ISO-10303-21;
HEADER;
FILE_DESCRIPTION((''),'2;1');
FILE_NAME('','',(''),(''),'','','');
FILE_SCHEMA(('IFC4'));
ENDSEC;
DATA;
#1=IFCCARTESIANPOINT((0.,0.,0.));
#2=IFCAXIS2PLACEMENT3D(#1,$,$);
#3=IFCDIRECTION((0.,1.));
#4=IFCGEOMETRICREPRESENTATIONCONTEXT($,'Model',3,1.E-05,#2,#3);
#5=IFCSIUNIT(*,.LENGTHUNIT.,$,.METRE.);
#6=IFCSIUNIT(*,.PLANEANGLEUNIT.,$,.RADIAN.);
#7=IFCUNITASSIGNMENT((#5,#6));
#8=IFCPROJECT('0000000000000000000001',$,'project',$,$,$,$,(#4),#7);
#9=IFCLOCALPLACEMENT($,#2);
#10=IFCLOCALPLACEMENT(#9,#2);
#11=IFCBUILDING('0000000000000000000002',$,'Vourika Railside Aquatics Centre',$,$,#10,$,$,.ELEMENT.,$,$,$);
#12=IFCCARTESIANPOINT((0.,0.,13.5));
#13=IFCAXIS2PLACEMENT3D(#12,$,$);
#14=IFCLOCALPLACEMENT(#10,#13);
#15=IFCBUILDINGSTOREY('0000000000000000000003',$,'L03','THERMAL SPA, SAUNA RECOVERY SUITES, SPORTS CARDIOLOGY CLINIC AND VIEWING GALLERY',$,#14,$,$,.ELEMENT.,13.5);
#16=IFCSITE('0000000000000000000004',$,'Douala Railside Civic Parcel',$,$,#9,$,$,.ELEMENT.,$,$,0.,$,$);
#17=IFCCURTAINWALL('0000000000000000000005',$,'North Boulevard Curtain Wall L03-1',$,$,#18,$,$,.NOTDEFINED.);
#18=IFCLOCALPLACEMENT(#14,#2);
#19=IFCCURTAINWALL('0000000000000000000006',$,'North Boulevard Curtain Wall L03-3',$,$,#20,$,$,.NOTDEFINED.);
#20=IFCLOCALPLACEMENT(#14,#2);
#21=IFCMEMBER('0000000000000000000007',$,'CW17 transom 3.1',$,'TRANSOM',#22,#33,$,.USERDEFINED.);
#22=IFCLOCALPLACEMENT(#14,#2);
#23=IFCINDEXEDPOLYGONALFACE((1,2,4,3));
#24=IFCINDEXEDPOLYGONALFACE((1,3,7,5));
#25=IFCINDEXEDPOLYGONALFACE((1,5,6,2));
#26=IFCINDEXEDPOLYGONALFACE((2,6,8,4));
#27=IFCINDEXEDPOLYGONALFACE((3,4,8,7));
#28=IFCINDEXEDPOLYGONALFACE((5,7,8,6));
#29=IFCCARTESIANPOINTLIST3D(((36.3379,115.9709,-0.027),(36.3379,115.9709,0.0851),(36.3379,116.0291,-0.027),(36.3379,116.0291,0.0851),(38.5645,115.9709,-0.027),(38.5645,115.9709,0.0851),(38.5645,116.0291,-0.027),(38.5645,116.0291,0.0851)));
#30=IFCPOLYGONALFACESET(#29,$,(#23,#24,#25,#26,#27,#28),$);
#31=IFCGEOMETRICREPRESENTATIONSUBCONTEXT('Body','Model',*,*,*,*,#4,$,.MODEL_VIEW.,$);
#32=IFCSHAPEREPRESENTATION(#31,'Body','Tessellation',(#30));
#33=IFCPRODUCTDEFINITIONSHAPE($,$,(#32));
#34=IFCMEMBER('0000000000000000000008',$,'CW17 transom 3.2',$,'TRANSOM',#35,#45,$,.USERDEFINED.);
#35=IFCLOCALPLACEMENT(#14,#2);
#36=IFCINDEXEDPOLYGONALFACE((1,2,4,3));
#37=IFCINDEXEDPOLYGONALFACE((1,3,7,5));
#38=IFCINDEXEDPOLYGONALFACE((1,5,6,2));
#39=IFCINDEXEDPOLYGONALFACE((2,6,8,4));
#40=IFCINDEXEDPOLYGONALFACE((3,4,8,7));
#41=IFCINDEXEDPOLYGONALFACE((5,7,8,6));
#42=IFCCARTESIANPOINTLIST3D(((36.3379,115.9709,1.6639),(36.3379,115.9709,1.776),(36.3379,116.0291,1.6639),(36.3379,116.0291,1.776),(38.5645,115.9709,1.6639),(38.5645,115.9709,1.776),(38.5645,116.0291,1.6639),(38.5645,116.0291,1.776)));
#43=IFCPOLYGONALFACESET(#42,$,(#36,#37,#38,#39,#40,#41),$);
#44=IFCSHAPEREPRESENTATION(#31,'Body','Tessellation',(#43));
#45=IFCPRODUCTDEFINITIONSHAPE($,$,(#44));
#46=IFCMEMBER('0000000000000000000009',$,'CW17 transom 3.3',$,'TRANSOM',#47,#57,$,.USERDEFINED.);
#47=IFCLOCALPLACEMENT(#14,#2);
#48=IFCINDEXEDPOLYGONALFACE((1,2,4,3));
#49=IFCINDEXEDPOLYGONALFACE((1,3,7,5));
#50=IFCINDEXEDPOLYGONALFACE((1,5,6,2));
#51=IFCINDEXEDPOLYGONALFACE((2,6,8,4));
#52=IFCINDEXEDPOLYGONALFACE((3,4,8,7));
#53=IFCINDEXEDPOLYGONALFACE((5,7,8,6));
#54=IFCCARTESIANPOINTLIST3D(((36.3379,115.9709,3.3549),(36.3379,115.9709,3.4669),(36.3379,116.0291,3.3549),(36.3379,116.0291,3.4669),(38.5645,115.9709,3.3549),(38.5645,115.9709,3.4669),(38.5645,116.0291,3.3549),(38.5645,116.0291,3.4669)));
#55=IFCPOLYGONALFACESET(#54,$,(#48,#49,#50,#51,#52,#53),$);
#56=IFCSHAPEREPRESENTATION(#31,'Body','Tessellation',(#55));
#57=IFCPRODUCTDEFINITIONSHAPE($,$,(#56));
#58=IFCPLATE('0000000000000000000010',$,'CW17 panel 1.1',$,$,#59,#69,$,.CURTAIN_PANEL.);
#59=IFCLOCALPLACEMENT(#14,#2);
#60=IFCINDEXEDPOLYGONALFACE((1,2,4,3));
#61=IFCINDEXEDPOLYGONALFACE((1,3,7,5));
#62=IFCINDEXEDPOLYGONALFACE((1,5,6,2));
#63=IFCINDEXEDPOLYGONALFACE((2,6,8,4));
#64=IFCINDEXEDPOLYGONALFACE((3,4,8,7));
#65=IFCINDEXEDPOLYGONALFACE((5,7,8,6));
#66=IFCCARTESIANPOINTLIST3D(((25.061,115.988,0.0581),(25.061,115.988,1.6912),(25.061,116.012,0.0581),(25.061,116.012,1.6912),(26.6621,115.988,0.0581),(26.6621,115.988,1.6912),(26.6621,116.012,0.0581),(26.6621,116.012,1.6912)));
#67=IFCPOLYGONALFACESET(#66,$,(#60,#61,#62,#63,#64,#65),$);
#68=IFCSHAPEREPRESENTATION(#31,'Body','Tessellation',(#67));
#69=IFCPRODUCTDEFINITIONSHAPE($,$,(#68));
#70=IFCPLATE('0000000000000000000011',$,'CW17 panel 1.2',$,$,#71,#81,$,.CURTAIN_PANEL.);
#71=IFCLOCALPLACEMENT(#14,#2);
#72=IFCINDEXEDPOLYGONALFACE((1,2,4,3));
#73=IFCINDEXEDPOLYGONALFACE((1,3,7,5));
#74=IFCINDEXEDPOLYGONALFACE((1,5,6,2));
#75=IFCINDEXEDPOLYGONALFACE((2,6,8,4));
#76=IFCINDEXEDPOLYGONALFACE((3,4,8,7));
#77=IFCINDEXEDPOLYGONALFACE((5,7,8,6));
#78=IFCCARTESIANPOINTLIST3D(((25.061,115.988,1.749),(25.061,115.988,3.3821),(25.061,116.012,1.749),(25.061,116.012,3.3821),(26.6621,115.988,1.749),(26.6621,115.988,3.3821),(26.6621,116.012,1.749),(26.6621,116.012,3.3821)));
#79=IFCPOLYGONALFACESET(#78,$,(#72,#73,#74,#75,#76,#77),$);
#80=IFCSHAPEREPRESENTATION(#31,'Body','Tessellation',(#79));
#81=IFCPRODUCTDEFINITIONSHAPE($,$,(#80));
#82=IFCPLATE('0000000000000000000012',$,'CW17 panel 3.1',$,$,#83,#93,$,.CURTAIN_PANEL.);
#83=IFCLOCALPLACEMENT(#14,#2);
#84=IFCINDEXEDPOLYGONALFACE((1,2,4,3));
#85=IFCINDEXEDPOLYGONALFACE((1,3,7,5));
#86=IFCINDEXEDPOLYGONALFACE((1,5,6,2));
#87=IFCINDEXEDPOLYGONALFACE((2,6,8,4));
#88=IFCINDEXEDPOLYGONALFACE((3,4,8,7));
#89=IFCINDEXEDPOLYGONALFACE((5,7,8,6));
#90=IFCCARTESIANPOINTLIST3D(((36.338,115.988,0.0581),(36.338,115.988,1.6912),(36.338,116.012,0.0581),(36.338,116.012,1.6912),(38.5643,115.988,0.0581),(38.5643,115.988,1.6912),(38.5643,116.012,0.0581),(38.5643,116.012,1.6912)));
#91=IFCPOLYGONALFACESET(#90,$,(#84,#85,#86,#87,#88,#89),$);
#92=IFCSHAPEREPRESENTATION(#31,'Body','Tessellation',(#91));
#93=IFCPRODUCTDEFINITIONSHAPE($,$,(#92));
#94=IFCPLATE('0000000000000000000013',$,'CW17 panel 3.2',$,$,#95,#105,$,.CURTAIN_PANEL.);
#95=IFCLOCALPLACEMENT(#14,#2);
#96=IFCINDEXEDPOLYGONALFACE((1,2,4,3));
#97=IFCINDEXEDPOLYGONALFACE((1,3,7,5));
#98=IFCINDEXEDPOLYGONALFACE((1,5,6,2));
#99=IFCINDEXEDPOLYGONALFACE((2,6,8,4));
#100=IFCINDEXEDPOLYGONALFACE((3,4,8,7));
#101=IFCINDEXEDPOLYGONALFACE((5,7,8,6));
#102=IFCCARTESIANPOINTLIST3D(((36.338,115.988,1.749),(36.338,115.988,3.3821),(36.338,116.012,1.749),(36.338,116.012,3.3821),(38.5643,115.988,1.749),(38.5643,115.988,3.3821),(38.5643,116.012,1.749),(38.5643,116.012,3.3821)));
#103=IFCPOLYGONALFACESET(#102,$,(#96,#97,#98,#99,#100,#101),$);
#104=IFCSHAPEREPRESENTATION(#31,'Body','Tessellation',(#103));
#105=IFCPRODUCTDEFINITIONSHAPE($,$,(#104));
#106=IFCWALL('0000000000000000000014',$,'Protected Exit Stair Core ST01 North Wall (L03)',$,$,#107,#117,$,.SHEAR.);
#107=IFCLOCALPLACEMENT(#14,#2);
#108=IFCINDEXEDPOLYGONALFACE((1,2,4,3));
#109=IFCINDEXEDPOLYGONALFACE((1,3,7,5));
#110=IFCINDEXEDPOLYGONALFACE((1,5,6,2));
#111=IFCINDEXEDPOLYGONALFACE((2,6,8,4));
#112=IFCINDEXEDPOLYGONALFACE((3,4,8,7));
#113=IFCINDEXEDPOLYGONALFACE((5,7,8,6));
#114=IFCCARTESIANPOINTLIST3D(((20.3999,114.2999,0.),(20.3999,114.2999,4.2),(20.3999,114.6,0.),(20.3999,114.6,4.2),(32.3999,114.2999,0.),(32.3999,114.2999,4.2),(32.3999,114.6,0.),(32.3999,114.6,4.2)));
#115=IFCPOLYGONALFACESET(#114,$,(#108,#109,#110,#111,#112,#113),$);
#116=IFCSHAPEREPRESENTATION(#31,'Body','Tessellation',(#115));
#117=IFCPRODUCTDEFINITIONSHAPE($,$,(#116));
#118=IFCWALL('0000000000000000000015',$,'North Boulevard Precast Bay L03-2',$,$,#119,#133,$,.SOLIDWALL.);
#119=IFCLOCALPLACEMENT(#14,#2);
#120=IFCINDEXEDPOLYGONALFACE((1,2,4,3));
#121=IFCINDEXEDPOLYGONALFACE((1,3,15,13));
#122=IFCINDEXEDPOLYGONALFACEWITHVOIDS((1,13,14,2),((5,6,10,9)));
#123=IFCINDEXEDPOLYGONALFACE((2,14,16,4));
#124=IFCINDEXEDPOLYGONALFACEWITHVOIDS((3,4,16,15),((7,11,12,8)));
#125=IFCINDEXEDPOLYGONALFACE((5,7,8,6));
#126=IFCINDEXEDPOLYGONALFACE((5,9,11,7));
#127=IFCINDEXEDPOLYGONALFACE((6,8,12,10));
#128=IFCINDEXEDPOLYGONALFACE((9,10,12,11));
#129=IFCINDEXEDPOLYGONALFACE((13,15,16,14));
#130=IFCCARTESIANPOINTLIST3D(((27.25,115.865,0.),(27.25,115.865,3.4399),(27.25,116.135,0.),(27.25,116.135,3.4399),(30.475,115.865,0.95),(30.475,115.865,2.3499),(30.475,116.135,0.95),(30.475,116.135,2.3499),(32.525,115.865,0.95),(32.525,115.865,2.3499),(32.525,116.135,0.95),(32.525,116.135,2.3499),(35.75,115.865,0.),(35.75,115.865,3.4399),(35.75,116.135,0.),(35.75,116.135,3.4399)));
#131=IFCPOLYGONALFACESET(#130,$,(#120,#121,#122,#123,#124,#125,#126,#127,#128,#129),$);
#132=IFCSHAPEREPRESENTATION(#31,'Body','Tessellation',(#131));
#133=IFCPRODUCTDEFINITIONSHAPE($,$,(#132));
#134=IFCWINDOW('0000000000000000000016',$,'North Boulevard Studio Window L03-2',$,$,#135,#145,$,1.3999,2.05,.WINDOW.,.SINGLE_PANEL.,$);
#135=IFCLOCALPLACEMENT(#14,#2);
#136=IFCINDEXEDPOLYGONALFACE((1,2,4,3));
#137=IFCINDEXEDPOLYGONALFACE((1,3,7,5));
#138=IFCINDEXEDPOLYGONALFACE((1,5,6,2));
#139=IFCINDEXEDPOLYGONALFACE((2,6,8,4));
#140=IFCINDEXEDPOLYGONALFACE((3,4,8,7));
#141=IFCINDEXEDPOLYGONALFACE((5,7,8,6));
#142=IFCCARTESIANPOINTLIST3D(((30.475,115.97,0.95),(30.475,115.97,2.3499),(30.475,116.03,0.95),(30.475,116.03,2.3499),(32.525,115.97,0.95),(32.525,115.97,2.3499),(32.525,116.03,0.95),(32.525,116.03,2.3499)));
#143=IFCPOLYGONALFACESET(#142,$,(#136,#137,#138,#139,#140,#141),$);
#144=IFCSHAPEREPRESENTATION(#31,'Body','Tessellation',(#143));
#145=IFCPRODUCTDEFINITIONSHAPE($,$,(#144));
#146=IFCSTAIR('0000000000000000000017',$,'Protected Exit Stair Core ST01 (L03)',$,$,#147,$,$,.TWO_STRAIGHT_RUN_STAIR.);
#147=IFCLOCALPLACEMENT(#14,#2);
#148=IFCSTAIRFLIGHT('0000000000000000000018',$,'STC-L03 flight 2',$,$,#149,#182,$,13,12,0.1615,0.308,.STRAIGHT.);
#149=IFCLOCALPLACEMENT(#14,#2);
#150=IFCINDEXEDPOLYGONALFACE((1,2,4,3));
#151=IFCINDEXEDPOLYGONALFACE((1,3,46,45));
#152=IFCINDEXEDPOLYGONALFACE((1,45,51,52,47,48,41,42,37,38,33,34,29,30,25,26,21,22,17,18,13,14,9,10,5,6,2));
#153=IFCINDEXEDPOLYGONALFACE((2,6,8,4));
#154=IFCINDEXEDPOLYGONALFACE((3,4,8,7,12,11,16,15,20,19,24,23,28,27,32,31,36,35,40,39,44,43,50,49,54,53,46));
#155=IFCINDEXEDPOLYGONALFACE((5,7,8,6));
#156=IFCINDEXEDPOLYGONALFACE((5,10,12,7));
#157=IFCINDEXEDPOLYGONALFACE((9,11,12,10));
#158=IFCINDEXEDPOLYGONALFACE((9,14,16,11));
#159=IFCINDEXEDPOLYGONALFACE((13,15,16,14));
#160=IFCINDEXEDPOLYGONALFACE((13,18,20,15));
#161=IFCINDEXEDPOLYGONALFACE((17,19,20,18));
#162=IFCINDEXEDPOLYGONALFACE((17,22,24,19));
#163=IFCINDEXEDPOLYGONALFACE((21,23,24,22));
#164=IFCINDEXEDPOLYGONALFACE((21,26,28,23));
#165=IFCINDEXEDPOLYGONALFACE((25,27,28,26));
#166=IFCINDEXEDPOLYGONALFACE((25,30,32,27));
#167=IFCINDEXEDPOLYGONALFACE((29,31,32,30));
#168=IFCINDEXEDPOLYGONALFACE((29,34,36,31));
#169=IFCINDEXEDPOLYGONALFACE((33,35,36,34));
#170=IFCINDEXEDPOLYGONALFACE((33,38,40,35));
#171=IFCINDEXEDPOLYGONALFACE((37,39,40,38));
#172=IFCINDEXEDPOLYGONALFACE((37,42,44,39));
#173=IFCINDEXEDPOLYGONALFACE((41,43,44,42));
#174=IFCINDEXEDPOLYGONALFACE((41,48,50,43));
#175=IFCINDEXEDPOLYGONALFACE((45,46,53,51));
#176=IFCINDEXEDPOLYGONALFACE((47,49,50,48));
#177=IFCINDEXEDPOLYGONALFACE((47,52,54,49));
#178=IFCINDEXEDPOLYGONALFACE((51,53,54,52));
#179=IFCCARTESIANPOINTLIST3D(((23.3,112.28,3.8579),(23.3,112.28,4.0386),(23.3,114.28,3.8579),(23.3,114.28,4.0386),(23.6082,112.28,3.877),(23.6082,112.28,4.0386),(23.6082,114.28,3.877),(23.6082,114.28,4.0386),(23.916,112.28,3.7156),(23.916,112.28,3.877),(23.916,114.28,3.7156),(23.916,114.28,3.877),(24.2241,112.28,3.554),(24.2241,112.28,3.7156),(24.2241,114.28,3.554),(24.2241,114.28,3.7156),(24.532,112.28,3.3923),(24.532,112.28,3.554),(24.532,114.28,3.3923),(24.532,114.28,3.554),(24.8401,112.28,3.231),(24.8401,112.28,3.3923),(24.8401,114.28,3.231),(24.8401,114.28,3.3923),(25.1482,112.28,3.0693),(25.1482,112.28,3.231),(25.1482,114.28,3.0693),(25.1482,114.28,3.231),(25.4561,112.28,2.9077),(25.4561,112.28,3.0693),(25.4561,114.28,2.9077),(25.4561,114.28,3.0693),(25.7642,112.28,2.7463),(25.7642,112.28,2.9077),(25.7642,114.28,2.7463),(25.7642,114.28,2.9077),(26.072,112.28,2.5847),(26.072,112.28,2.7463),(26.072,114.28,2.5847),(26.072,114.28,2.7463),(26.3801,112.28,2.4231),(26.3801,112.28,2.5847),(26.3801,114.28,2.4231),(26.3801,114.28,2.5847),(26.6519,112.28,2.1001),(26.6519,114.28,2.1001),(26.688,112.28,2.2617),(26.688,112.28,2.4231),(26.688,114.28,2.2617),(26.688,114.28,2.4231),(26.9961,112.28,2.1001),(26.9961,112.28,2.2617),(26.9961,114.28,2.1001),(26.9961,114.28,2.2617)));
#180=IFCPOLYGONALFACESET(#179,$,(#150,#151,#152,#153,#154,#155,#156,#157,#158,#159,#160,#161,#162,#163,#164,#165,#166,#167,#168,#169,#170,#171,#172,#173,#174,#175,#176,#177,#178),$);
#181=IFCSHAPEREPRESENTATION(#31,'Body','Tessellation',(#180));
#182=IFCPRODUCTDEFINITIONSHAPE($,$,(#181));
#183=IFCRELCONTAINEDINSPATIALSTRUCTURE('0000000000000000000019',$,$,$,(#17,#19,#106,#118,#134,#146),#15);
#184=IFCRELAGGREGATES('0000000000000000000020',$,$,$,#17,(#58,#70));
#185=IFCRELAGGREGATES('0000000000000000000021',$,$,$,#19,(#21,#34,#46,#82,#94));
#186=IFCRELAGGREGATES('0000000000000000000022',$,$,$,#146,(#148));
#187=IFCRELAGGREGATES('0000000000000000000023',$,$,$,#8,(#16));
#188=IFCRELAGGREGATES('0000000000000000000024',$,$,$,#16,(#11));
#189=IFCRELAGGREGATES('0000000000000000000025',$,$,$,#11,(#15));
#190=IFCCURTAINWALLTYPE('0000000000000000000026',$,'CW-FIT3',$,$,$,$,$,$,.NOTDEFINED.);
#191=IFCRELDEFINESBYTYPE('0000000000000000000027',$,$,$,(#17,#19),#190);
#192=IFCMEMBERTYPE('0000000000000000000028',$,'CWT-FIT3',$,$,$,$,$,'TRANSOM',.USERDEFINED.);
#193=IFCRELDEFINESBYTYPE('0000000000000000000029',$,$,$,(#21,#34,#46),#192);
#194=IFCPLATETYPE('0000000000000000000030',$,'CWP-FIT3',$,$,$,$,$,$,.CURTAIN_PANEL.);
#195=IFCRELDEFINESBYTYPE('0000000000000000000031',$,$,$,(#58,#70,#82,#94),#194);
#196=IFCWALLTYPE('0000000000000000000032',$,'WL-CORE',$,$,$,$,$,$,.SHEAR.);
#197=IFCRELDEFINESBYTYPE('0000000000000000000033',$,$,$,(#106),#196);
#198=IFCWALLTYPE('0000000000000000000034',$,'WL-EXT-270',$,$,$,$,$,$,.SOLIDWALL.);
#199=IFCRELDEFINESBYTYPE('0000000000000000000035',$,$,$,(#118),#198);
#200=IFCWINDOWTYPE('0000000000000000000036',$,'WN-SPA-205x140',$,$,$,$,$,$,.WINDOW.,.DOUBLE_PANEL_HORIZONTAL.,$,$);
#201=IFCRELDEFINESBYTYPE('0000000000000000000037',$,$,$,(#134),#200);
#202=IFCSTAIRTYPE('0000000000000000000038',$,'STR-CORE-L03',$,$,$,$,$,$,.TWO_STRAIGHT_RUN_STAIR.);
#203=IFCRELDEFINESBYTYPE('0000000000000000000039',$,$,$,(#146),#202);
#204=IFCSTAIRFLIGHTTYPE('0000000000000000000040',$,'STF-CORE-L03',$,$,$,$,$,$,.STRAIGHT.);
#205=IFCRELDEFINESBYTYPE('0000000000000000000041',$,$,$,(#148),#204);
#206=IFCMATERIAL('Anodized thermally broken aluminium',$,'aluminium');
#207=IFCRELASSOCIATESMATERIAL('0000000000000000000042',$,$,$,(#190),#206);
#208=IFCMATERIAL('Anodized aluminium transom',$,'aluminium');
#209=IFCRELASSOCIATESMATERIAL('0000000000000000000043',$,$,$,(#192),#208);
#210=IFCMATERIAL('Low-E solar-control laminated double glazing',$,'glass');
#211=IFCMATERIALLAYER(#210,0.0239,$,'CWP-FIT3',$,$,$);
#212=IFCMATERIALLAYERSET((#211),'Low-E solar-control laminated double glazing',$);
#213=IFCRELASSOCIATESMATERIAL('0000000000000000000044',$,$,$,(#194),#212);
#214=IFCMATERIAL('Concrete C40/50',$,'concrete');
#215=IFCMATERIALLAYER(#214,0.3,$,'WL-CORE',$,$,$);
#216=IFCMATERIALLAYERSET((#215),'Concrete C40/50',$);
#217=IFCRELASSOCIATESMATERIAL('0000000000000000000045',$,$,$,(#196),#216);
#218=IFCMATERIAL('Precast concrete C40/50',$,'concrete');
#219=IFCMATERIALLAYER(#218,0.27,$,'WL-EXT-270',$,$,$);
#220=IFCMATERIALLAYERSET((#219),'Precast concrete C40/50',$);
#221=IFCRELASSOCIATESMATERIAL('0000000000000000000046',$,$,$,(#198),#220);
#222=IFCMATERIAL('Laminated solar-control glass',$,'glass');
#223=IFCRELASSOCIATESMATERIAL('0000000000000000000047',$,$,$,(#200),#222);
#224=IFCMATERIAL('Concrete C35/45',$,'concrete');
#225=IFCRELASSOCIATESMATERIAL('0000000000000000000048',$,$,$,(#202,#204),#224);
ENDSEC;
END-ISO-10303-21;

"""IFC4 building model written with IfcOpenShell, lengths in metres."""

from ifc_helpers import new_model, si_unit, direction, frame, frame_2d, origin, origin_2d, place, context, subcontext, project, spatial, polyline, rectangle, outline, extrude, material, layer, layer_set, material_profile, profile_set, type_object, element, fill, aggregate, save


model = new_model("IFC4")

# Units and contexts
model_context = context("Model", 3, precision=1e-05, world=origin(), true_north=direction((0.0, 1.0)))
body_context = subcontext(model_context, "Body", "Model", "MODEL_VIEW")
ifc_project = project(units=[si_unit("LENGTHUNIT", "METRE"), si_unit("PLANEANGLEUNIT", "RADIAN")], contexts=[model_context])

# Site, building, storey
site_placement = place(None, origin())
site = spatial("IfcSite", under=ifc_project, at=site_placement, Name="Douala Railside Civic Parcel", CompositionType="ELEMENT", RefElevation=0.0)
building_placement = place(site_placement, origin())
building = spatial("IfcBuilding", under=site, at=building_placement, Name="Vourika Railside Aquatics Centre", CompositionType="ELEMENT")
storey_placement = place(building_placement, frame((0.0, 0.0, 13.5)))
storey = spatial("IfcBuildingStorey", under=building, at=storey_placement, Name="L03", Description="THERMAL SPA, SAUNA RECOVERY SUITES, SPORTS CARDIOLOGY CLINIC AND VIEWING GALLERY", CompositionType="ELEMENT", Elevation=13.5)

# Shared definitions
ifc_material_1 = material(Name="Concrete C35/45", Category="concrete")

# Curtain walls
ifc_material_2 = material(Name="Anodized thermally broken aluminium", Category="aluminium")
curtain_wall_type = type_object("IfcCurtainWallType", Name="CW-FIT3", PredefinedType="NOTDEFINED", material=ifc_material_2)
curtain_wall_1_placement = place(storey_placement, origin())
curtain_wall_1 = element("IfcCurtainWall", 1, at=curtain_wall_1_placement, inside=storey, type_object=curtain_wall_type, Name="North Boulevard Curtain Wall L03-1", PredefinedType="NOTDEFINED")
curtain_wall_2_placement = place(storey_placement, origin())
curtain_wall_2 = element("IfcCurtainWall", 2, at=curtain_wall_2_placement, inside=storey, type_object=curtain_wall_type, Name="North Boulevard Curtain Wall L03-3", PredefinedType="NOTDEFINED")

# Members
ifc_material_3 = material(Name="Anodized aluminium transom", Category="aluminium")
ifc_material_profile_1 = material_profile(ifc_material_3, rectangle(XDim=0.0581, YDim=0.1121, at=origin_2d()), Name="ALU-T 58x112")
ifc_profile_set_1 = profile_set([ifc_material_profile_1], Name="Anodized aluminium transom")
member_type_1 = type_object("IfcMemberType", Name="CWT-FIT3", ElementType="TRANSOM", PredefinedType="USERDEFINED", material=ifc_profile_set_1)
member_1_placement = place(storey_placement, frame((38.5645, 116.0, 0.0291), z_axis=(-1.0, 0.0, 0.0), x_axis=(0.0, -1.0, 0.0)))
member_1 = element("IfcMember", 3, at=member_1_placement, type_object=member_type_1, Name="CW17 transom 3.1", ObjectType="TRANSOM", PredefinedType="USERDEFINED", context=body_context, shape_type="SweptSolid", body=[
    extrude(rectangle(XDim=0.0581, YDim=0.1121, at=origin_2d()), origin(), (0.0, 0.0, 1.0), 2.2266),
])
member_2_placement = place(storey_placement, frame((38.5645, 116.0, 1.72), z_axis=(-1.0, 0.0, 0.0), x_axis=(0.0, -1.0, 0.0)))
member_2 = element("IfcMember", 4, at=member_2_placement, type_object=member_type_1, Name="CW17 transom 3.2", ObjectType="TRANSOM", PredefinedType="USERDEFINED", context=body_context, shape_type="SweptSolid", body=[
    extrude(rectangle(XDim=0.0581, YDim=0.1121, at=origin_2d()), origin(), (0.0, 0.0, 1.0), 2.2266),
])
member_3_placement = place(storey_placement, frame((38.5645, 116.0, 3.4109), z_axis=(-1.0, 0.0, 0.0), x_axis=(0.0, -1.0, 0.0)))
member_3 = element("IfcMember", 5, at=member_3_placement, type_object=member_type_1, Name="CW17 transom 3.3", ObjectType="TRANSOM", PredefinedType="USERDEFINED", context=body_context, shape_type="SweptSolid", body=[
    extrude(rectangle(XDim=0.0581, YDim=0.1121, at=origin_2d()), origin(), (0.0, 0.0, 1.0), 2.2266),
])

# Plates
ifc_material_4 = material(Name="Low-E solar-control laminated double glazing", Category="glass")
ifc_layer_1 = layer(ifc_material_4, 0.0239, Name="CWP-FIT3")
ifc_layer_set_1 = layer_set([ifc_layer_1], Name="Low-E solar-control laminated double glazing")
plate_type = type_object("IfcPlateType", Name="CWP-FIT3", PredefinedType="CURTAIN_PANEL", material=ifc_layer_set_1)
plate_1_placement = place(storey_placement, frame((25.8616, 116.0, 0.0581), z_axis=(0.0, 0.0, 1.0), x_axis=(-1.0, 0.0, 0.0)))
plate_1 = element("IfcPlate", 6, at=plate_1_placement, type_object=plate_type, Name="CW17 panel 1.1", PredefinedType="CURTAIN_PANEL", context=body_context, shape_type="SweptSolid", body=[
    extrude(rectangle(XDim=1.6011, YDim=0.0239, at=origin_2d()), origin(), (0.0, 0.0, 1.0), 1.6331),
])
plate_2_placement = place(storey_placement, frame((25.8616, 116.0, 1.749), z_axis=(0.0, 0.0, 1.0), x_axis=(-1.0, 0.0, 0.0)))
plate_2 = element("IfcPlate", 7, at=plate_2_placement, type_object=plate_type, Name="CW17 panel 1.2", PredefinedType="CURTAIN_PANEL", context=body_context, shape_type="SweptSolid", body=[
    extrude(rectangle(XDim=1.6011, YDim=0.0239, at=origin_2d()), origin(), (0.0, 0.0, 1.0), 1.6331),
])
aggregate(curtain_wall_1, [plate_1, plate_2])
plate_3_placement = place(storey_placement, frame((37.4512, 116.0, 0.0581), z_axis=(0.0, 0.0, 1.0), x_axis=(-1.0, 0.0, 0.0)))
plate_3 = element("IfcPlate", 8, at=plate_3_placement, type_object=plate_type, Name="CW17 panel 3.1", PredefinedType="CURTAIN_PANEL", context=body_context, shape_type="SweptSolid", body=[
    extrude(rectangle(XDim=2.2263, YDim=0.0239, at=origin_2d()), origin(), (0.0, 0.0, 1.0), 1.6331),
])
plate_4_placement = place(storey_placement, frame((37.4512, 116.0, 1.749), z_axis=(0.0, 0.0, 1.0), x_axis=(-1.0, 0.0, 0.0)))
plate_4 = element("IfcPlate", 9, at=plate_4_placement, type_object=plate_type, Name="CW17 panel 3.2", PredefinedType="CURTAIN_PANEL", context=body_context, shape_type="SweptSolid", body=[
    extrude(rectangle(XDim=2.2263, YDim=0.0239, at=origin_2d()), origin(), (0.0, 0.0, 1.0), 1.6331),
])
aggregate(curtain_wall_2, [member_1, member_2, member_3, plate_3, plate_4])

# Wall
ifc_material_5 = material(Name="Concrete C40/50", Category="concrete")
ifc_layer_2 = layer(ifc_material_5, 0.3, Name="WL-CORE")
ifc_layer_set_2 = layer_set([ifc_layer_2], Name="Concrete C40/50")
wall_type_1 = type_object("IfcWallType", Name="WL-CORE", PredefinedType="SHEAR", material=ifc_layer_set_2)
wall_1_placement = place(storey_placement, frame((32.3999, 114.45, 0.0), z_axis=(0.0, 0.0, 1.0), x_axis=(-1.0, 0.0, 0.0)))
element("IfcWall", 10, at=wall_1_placement, inside=storey, type_object=wall_type_1, Name="Protected Exit Stair Core ST01 North Wall (L03)", PredefinedType="SHEAR", context=body_context, shape_type="SweptSolid", body=[
    extrude(rectangle(XDim=12.0, YDim=0.3, at=frame_2d((6.0, 0.0))), origin(), (0.0, 0.0, 1.0), 4.2),
])

# Wall, opening, window
ifc_material_6 = material(Name="Precast concrete C40/50", Category="concrete")
ifc_layer_3 = layer(ifc_material_6, 0.27, Name="WL-EXT-270")
ifc_layer_set_3 = layer_set([ifc_layer_3], Name="Precast concrete C40/50")
wall_type_2 = type_object("IfcWallType", Name="WL-EXT-270", PredefinedType="SOLIDWALL", material=ifc_layer_set_3)
wall_2_placement = place(storey_placement, frame((35.75, 116.0, 0.0), z_axis=(0.0, 0.0, 1.0), x_axis=(-1.0, 0.0, 0.0)))
wall_2 = element("IfcWall", 11, at=wall_2_placement, inside=storey, type_object=wall_type_2, Name="North Boulevard Precast Bay L03-2", PredefinedType="SOLIDWALL", context=body_context, shape_type="SweptSolid", body=[
    extrude(rectangle(XDim=8.5, YDim=0.27, at=frame_2d((4.25, 0.0))), origin(), (0.0, 0.0, 1.0), 3.4399),
])
opening_placement = place(wall_2_placement, frame((3.2251, 0.0, 0.95)))
opening = element("IfcOpeningElement", 12, at=opening_placement, cuts=wall_2, PredefinedType="OPENING", context=body_context, shape_type="SweptSolid", body=[
    extrude(rectangle(XDim=2.05, YDim=1.3999, at=frame_2d((1.0249, 0.7))), frame((0.0, 0.145, 0.0), z_axis=(0.0, -1.0, 0.0), x_axis=(1.0, 0.0, 0.0)), (0.0, 0.0, 1.0), 0.29),
])
ifc_material_7 = material(Name="Laminated solar-control glass", Category="glass")
window_type = type_object("IfcWindowType", Name="WN-SPA-205x140", PartitioningType="DOUBLE_PANEL_HORIZONTAL", PredefinedType="WINDOW", material=ifc_material_7)
window_placement = place(opening_placement, origin())
window = element("IfcWindow", 13, at=window_placement, inside=storey, type_object=window_type, Name="North Boulevard Studio Window L03-2", OverallHeight=1.3999, OverallWidth=2.05, PartitioningType="SINGLE_PANEL", PredefinedType="WINDOW", context=body_context, shape_type="SweptSolid", body=[
    extrude(rectangle(XDim=2.05, YDim=1.3999, at=frame_2d((1.0249, 0.7))), frame((0.0, 0.03, 0.0), z_axis=(0.0, -1.0, 0.0), x_axis=(1.0, 0.0, 0.0)), (0.0, 0.0, 1.0), 0.0601),
])
fill(opening, window)

# Stair, stair flight
stair_type = type_object("IfcStairType", Name="STR-CORE-L03", PredefinedType="TWO_STRAIGHT_RUN_STAIR", material=ifc_material_1)
stair_placement = place(storey_placement, origin())
stair = element("IfcStair", 14, at=stair_placement, inside=storey, type_object=stair_type, Name="Protected Exit Stair Core ST01 (L03)", PredefinedType="TWO_STRAIGHT_RUN_STAIR")
stair_flight_type = type_object("IfcStairFlightType", Name="STF-CORE-L03", PredefinedType="STRAIGHT", material=ifc_material_1)
stair_flight_placement = place(storey_placement, frame((26.9961, 113.28, 2.1001), z_axis=(0.0, 0.0, 1.0), x_axis=(-1.0, 0.0, 0.0)))
stair_flight = element("IfcStairFlight", 15, at=stair_flight_placement, type_object=stair_flight_type, Name="STC-L03 flight 2", NumberOfRisers=13, NumberOfTreads=12, PredefinedType="STRAIGHT", RiserHeight=0.1615, TreadLength=0.308, context=body_context, shape_type="SweptSolid", body=[
    extrude(outline(polyline([(0.0, 0.0), (0.0, 0.1616), (0.3081, 0.1616), (0.3081, 0.323), (0.616, 0.323), (0.616, 0.4846), (0.9241, 0.4846), (0.9241, 0.6462), (1.2319, 0.6462), (1.2319, 0.8076), (1.54, 0.8076), (1.54, 0.9692), (1.8479, 0.9692), (1.8479, 1.1309), (2.156, 1.1309), (2.156, 1.2922), (2.4641, 1.2922), (2.4641, 1.4539), (2.772, 1.4539), (2.772, 1.6155), (3.0801, 1.6155), (3.0801, 1.7769), (3.3879, 1.7769), (3.3879, 1.9385), (3.696, 1.9385), (3.696, 2.1001), (3.696, 1.7578), (0.3442, 0.0), (0.0, 0.0)])), frame((0.0, 1.0, 0.0), z_axis=(0.0, -1.0, 0.0), x_axis=(1.0, 0.0, 0.0)), (0.0, 0.0, 1.0), 2.0),
])
aggregate(stair, [stair_flight])

save(model, "model.ifc")
